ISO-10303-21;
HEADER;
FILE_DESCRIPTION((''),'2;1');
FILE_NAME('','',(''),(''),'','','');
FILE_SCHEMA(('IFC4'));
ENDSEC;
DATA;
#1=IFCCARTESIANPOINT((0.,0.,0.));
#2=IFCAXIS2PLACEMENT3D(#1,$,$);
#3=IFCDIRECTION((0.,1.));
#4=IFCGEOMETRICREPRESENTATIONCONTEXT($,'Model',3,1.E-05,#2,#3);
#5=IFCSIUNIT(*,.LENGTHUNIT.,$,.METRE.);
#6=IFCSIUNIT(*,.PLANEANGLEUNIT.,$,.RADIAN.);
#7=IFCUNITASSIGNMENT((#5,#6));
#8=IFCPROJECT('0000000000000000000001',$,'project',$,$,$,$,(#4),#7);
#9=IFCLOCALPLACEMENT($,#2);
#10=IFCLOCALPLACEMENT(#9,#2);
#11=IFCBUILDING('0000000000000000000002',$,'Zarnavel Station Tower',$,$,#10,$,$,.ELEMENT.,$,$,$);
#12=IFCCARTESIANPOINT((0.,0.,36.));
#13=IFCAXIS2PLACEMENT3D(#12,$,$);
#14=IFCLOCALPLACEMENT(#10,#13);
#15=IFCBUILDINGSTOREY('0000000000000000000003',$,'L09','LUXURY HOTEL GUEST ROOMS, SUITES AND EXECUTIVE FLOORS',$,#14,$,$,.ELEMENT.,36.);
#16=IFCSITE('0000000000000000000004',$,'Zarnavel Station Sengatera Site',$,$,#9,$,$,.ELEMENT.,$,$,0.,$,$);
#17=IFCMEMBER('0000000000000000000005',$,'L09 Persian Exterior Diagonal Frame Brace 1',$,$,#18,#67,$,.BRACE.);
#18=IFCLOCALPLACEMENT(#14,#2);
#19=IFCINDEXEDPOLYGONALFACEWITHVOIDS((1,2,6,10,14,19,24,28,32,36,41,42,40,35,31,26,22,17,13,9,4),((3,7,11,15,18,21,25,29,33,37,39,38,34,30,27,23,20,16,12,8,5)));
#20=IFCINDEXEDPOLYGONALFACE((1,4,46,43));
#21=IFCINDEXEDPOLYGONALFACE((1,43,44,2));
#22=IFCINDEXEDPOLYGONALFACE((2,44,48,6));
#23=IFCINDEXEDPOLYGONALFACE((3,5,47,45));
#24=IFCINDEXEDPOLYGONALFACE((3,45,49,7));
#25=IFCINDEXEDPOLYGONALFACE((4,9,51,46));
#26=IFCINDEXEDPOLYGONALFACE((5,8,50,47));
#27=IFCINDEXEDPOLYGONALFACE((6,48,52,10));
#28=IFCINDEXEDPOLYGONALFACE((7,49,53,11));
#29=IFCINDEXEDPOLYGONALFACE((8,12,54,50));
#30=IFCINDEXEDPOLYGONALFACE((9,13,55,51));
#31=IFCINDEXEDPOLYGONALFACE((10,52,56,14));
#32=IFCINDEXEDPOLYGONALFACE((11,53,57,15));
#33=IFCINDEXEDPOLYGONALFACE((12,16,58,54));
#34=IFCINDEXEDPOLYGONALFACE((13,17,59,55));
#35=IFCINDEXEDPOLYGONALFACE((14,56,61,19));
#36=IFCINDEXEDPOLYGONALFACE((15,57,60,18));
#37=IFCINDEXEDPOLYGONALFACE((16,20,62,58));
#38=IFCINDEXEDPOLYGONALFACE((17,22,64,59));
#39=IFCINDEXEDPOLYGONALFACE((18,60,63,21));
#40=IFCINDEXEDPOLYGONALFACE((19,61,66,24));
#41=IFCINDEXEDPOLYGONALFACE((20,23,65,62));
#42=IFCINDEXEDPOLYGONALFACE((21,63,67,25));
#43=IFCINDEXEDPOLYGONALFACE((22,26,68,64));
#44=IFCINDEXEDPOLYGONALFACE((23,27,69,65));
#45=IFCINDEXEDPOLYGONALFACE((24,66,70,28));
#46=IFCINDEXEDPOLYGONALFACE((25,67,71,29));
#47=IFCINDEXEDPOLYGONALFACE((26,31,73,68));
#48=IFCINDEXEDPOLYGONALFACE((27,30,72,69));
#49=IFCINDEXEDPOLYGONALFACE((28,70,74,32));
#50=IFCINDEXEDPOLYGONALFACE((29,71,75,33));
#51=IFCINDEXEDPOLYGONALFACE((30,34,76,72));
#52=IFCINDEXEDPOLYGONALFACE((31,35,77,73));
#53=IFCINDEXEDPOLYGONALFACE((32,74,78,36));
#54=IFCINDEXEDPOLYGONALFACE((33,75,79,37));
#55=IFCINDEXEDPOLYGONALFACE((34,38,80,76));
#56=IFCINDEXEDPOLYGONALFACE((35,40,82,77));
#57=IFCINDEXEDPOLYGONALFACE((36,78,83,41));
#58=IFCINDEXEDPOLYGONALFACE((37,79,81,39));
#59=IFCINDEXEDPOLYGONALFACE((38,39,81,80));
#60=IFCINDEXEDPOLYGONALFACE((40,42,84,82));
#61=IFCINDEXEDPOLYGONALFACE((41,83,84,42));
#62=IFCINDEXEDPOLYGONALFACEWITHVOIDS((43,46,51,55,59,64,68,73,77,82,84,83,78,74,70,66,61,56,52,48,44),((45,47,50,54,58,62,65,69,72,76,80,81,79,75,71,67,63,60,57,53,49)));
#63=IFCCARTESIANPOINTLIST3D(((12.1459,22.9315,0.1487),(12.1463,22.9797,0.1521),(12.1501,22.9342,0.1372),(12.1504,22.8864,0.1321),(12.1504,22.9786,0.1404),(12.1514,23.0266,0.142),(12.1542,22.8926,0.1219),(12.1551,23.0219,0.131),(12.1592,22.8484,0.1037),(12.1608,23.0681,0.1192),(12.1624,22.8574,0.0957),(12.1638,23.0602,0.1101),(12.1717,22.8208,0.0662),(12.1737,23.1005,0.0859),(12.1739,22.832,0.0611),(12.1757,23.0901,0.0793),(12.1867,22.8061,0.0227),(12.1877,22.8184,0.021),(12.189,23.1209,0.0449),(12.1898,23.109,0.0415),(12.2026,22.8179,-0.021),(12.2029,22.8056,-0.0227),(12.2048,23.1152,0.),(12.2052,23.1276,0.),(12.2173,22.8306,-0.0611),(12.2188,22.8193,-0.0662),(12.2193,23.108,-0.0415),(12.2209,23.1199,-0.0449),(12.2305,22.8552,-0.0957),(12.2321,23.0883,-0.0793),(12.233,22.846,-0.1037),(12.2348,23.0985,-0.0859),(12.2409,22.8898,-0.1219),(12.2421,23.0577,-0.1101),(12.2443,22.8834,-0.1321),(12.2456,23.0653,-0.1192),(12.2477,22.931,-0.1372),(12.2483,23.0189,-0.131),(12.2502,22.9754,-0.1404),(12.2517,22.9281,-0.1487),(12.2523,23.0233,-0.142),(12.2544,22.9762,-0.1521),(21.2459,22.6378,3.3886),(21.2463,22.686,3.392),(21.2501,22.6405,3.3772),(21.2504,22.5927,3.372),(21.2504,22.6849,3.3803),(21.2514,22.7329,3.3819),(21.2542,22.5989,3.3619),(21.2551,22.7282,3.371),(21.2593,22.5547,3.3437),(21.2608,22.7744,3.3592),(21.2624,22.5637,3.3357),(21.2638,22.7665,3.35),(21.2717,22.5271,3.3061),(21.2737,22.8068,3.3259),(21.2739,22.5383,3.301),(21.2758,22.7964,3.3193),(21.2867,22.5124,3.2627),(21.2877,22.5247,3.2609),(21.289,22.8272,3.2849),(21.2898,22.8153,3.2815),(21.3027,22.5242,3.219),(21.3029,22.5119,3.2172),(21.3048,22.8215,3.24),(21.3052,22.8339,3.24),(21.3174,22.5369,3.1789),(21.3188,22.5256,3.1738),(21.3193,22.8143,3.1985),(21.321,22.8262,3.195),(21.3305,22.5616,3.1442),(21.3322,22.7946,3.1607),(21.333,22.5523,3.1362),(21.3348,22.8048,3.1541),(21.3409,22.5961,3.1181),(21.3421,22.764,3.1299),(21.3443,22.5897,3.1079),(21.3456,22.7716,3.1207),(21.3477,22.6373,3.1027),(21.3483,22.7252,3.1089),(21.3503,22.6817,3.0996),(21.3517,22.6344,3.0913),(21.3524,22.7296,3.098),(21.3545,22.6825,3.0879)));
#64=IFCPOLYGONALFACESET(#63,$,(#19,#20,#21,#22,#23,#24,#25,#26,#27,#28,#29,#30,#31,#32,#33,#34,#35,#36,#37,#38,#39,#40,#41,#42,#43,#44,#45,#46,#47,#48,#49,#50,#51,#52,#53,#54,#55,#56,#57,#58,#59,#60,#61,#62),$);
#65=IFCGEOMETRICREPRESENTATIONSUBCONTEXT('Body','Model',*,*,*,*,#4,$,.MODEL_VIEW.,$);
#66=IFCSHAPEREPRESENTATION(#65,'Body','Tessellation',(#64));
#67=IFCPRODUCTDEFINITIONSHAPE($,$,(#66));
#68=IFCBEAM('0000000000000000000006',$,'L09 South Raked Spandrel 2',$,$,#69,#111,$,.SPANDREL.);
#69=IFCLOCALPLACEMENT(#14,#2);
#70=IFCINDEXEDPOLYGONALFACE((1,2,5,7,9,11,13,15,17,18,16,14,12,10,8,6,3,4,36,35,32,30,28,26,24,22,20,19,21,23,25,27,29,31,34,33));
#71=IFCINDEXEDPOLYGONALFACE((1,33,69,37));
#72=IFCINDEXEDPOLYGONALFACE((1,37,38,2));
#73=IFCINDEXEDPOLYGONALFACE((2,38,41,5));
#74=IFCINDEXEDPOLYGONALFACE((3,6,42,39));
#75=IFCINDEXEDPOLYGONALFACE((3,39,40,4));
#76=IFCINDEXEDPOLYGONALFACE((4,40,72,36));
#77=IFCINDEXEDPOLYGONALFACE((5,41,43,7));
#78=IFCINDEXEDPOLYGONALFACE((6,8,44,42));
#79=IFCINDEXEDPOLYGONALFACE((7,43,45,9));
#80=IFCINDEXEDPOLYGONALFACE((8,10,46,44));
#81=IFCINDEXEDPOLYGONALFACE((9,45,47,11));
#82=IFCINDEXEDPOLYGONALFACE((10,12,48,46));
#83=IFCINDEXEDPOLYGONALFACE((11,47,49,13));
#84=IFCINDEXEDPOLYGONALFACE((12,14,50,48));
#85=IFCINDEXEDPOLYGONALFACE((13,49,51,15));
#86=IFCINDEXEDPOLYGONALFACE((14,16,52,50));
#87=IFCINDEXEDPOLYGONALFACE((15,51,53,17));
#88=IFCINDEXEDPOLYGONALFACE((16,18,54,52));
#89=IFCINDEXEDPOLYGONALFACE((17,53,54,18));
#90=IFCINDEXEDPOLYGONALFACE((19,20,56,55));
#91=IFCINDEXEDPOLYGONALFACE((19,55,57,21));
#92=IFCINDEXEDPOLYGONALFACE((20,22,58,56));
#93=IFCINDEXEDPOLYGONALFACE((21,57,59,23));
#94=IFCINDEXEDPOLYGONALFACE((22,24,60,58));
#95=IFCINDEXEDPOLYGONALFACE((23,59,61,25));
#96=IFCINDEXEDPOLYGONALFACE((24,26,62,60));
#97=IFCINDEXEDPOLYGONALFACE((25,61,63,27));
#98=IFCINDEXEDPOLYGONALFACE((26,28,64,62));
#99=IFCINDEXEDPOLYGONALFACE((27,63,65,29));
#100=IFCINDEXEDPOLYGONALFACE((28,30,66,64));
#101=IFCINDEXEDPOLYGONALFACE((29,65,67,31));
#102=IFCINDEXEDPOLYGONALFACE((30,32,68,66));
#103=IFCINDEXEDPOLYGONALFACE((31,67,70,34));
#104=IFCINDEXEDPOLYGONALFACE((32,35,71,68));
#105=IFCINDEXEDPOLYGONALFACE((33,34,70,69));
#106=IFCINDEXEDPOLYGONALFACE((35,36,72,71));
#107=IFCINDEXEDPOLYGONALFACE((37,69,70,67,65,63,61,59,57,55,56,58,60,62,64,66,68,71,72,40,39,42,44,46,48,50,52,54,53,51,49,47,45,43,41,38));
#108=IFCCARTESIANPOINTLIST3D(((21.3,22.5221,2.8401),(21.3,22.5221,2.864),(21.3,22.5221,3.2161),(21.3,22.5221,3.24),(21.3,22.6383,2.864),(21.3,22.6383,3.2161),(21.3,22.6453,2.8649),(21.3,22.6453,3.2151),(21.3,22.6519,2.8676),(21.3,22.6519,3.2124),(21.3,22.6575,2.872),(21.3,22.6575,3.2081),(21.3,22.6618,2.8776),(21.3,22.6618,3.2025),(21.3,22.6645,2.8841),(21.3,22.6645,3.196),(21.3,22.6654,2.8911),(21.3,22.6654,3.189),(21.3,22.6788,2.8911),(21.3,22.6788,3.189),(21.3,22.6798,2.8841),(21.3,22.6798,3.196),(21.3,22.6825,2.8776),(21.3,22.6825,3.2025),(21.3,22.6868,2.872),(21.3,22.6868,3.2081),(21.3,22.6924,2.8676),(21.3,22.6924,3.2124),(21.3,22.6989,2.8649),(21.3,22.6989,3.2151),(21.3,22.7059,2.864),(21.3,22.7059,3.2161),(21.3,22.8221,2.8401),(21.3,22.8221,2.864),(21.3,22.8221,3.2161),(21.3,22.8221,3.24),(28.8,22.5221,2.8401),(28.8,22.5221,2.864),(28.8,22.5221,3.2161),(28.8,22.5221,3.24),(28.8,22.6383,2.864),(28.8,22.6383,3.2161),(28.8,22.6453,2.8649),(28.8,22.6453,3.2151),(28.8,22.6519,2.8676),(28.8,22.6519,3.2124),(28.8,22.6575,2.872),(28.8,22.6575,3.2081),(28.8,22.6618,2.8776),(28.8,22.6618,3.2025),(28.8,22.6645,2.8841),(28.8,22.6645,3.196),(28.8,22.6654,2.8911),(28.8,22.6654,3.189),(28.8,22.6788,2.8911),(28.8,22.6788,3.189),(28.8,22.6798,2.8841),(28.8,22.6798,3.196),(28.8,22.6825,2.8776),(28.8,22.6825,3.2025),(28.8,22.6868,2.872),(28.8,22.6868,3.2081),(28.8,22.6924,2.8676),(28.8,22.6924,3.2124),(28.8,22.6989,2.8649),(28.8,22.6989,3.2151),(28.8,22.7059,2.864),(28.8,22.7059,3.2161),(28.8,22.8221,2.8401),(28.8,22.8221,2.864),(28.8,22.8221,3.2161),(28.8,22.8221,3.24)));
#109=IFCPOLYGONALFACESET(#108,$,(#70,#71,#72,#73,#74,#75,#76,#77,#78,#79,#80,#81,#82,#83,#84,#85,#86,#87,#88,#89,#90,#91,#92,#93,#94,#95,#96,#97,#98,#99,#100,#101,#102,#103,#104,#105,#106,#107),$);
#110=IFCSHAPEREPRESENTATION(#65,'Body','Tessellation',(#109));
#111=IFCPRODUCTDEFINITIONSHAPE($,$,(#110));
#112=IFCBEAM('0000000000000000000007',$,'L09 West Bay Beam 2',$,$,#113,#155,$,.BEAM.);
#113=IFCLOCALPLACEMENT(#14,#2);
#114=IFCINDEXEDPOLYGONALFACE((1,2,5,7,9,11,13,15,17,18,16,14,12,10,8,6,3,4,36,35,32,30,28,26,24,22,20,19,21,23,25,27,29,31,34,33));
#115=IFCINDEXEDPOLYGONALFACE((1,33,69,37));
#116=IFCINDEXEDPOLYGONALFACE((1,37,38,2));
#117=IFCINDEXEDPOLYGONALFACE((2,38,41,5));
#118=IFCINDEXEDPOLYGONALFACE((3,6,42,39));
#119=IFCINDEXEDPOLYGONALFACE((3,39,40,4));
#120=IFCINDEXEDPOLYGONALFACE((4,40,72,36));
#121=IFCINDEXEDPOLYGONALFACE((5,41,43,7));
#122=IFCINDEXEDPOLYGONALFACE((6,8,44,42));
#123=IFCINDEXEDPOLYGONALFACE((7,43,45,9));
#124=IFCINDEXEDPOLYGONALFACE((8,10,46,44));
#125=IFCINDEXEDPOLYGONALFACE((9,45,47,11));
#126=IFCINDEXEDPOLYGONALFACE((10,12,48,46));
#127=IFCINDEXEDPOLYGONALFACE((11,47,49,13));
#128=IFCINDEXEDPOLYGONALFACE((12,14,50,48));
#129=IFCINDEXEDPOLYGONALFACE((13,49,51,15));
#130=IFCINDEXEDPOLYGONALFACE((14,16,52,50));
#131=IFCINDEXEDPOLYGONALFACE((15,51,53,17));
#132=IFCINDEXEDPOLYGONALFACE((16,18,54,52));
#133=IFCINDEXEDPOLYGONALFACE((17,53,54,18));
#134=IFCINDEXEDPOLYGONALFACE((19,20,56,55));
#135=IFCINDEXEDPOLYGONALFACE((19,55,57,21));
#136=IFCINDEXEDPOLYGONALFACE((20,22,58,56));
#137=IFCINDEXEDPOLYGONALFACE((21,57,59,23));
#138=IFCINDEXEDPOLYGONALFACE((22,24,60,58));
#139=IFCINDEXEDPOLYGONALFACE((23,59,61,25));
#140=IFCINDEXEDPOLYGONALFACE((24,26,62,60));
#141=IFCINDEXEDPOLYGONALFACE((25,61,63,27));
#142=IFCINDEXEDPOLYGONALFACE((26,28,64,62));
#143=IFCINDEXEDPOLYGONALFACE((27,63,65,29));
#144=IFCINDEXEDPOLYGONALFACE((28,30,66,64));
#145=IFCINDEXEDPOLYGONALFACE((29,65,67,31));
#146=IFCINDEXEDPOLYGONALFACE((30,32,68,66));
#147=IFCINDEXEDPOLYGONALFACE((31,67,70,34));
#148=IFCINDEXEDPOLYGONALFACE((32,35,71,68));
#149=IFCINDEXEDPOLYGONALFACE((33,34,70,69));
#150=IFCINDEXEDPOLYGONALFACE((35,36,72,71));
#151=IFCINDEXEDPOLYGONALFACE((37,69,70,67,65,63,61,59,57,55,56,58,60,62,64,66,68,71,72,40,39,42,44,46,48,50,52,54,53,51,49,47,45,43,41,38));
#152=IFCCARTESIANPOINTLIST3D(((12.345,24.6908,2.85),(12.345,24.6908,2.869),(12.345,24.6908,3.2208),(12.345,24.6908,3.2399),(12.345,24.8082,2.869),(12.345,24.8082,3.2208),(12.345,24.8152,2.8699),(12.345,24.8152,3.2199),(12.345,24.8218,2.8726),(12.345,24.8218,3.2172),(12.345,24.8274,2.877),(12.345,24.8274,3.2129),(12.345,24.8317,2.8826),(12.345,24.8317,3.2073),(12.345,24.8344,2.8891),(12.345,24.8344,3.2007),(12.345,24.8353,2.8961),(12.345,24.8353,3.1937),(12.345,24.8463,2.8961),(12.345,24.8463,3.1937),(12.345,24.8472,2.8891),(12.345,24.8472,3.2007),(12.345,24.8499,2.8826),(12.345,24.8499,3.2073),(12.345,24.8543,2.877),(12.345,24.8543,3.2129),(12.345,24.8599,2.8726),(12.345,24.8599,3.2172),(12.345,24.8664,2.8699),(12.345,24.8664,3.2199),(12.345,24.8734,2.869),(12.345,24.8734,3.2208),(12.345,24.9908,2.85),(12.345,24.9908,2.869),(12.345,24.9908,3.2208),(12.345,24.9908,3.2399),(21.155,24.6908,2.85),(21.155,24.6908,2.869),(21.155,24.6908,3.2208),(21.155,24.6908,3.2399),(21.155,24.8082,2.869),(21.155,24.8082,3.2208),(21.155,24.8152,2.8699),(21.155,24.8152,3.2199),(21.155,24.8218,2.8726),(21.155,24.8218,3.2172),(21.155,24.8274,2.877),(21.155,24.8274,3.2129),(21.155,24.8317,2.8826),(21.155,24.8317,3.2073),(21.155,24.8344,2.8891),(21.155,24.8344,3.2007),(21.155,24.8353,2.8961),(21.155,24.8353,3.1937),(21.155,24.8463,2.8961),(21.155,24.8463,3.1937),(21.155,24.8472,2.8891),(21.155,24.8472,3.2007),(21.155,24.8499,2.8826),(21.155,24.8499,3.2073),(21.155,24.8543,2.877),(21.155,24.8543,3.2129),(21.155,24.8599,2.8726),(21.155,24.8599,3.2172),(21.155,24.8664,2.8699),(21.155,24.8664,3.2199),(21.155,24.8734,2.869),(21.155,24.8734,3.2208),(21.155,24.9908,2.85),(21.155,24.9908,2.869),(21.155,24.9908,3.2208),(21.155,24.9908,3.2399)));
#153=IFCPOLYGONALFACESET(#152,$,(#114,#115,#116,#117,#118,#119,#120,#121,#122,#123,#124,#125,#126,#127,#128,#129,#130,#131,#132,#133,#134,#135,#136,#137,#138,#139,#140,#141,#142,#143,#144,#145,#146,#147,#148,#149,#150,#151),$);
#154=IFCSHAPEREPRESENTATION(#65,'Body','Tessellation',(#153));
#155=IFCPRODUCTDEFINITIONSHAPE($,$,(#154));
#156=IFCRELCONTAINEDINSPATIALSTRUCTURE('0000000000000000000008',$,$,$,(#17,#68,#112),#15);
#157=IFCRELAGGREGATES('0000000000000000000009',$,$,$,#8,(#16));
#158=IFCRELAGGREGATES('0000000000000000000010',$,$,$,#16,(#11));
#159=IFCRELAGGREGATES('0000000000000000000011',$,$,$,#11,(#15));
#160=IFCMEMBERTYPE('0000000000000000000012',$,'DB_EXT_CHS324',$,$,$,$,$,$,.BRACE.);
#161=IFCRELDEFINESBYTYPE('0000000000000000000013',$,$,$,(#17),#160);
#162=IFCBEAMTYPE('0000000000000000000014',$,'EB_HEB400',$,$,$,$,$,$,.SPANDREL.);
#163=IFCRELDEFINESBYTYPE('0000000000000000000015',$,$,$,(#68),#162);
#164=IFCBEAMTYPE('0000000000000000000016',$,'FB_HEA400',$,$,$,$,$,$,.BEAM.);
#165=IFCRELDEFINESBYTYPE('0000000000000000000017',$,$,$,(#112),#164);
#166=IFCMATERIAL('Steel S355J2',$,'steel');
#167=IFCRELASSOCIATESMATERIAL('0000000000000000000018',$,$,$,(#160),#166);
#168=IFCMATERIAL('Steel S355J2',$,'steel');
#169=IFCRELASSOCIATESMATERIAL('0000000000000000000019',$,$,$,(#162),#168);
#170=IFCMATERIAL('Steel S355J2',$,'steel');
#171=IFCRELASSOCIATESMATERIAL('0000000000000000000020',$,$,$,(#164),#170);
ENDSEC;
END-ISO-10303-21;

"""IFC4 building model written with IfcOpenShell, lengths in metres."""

from ifc_helpers import new_model, si_unit, direction, frame, origin, origin_2d, place, context, subcontext, project, spatial, hollow_circle, i_section, extrude, material, material_profile, profile_set, type_object, element, save


model = new_model("IFC4")

# Units and contexts
model_context = context("Model", 3, precision=1e-05, world=origin(), true_north=direction((0.0, 1.0)))
body_context = subcontext(model_context, "Body", "Model", "MODEL_VIEW")
ifc_project = project(units=[si_unit("LENGTHUNIT", "METRE"), si_unit("PLANEANGLEUNIT", "RADIAN")], contexts=[model_context])

# Site, building, storey
site_placement = place(None, origin())
site = spatial("IfcSite", under=ifc_project, at=site_placement, Name="Zarnavel Station Sengatera Site", CompositionType="ELEMENT", RefElevation=0.0)
building_placement = place(site_placement, origin())
building = spatial("IfcBuilding", under=site, at=building_placement, Name="Zarnavel Station Tower", CompositionType="ELEMENT")
storey_placement = place(building_placement, frame((0.0, 0.0, 36.0)))
storey = spatial("IfcBuildingStorey", under=building, at=storey_placement, Name="L09", Description="LUXURY HOTEL GUEST ROOMS, SUITES AND EXECUTIVE FLOORS", CompositionType="ELEMENT", Elevation=36.0)

# Member
ifc_material_1 = material(Name="Steel S355J2", Category="steel")
ifc_material_profile_1 = material_profile(ifc_material_1, hollow_circle(Radius=0.1619, WallThickness=0.0125, at=origin_2d()), Name="CHS323.9x12.5")
ifc_profile_set_1 = profile_set([ifc_material_profile_1], Name="Steel S355J2")
member_type_1 = type_object("IfcMemberType", Name="DB_EXT_CHS324", PredefinedType="BRACE", material=ifc_profile_set_1)
member_1_placement = place(storey_placement, frame((12.2, 22.9658, 0.0), z_axis=(0.941636, -0.030391, 0.335259), x_axis=(0.032258, 0.99948, 0.0)))
element("IfcMember", 1, at=member_1_placement, inside=storey, type_object=member_type_1, Name="L09 Persian Exterior Diagonal Frame Brace 1", PredefinedType="BRACE", context=body_context, shape_type="SweptSolid", body=[
    extrude(hollow_circle(Radius=0.1619, WallThickness=0.0125, at=origin_2d()), origin(), (0.0, 0.0, 1.0), 9.6641),
])

# Beams
ifc_material_2 = material(Name="Steel S355J2", Category="steel")
ifc_material_profile_2 = material_profile(ifc_material_2, i_section(OverallWidth=0.3, OverallDepth=0.3999, WebThickness=0.0134, FlangeThickness=0.0239, FilletRadius=0.0271, at=origin_2d()), Name="HEB400")
ifc_profile_set_2 = profile_set([ifc_material_profile_2], Name="Steel S355J2")
beam_type_1 = type_object("IfcBeamType", Name="EB_HEB400", PredefinedType="SPANDREL", material=ifc_profile_set_2)
beam_1_placement = place(storey_placement, frame((21.3, 22.6721, 3.04), z_axis=(1.0, 0.0, 0.0), x_axis=(0.0, 1.0, 0.0)))
element("IfcBeam", 2, at=beam_1_placement, inside=storey, type_object=beam_type_1, Name="L09 South Raked Spandrel 2", PredefinedType="SPANDREL", context=body_context, shape_type="SweptSolid", body=[
    extrude(i_section(OverallWidth=0.3, OverallDepth=0.3999, WebThickness=0.0134, FlangeThickness=0.0239, FilletRadius=0.0271, at=origin_2d()), origin(), (0.0, 0.0, 1.0), 7.5),
])
ifc_material_3 = material(Name="Steel S355J2", Category="steel")
ifc_material_profile_3 = material_profile(ifc_material_3, i_section(OverallWidth=0.3, OverallDepth=0.3899, WebThickness=0.011, FlangeThickness=0.019, FilletRadius=0.0271, at=origin_2d()), Name="HEA400")
ifc_profile_set_3 = profile_set([ifc_material_profile_3], Name="Steel S355J2")
beam_type_2 = type_object("IfcBeamType", Name="FB_HEA400", PredefinedType="BEAM", material=ifc_profile_set_3)
beam_2_placement = place(storey_placement, frame((12.345, 24.8408, 3.0449), z_axis=(1.0, 0.0, 0.0), x_axis=(0.0, 1.0, 0.0)))
element("IfcBeam", 3, at=beam_2_placement, inside=storey, type_object=beam_type_2, Name="L09 West Bay Beam 2", PredefinedType="BEAM", context=body_context, shape_type="SweptSolid", body=[
    extrude(i_section(OverallWidth=0.3, OverallDepth=0.3899, WebThickness=0.011, FlangeThickness=0.019, FilletRadius=0.0271, at=origin_2d()), origin(), (0.0, 0.0, 1.0), 8.8101),
])

save(model, "model.ifc")
